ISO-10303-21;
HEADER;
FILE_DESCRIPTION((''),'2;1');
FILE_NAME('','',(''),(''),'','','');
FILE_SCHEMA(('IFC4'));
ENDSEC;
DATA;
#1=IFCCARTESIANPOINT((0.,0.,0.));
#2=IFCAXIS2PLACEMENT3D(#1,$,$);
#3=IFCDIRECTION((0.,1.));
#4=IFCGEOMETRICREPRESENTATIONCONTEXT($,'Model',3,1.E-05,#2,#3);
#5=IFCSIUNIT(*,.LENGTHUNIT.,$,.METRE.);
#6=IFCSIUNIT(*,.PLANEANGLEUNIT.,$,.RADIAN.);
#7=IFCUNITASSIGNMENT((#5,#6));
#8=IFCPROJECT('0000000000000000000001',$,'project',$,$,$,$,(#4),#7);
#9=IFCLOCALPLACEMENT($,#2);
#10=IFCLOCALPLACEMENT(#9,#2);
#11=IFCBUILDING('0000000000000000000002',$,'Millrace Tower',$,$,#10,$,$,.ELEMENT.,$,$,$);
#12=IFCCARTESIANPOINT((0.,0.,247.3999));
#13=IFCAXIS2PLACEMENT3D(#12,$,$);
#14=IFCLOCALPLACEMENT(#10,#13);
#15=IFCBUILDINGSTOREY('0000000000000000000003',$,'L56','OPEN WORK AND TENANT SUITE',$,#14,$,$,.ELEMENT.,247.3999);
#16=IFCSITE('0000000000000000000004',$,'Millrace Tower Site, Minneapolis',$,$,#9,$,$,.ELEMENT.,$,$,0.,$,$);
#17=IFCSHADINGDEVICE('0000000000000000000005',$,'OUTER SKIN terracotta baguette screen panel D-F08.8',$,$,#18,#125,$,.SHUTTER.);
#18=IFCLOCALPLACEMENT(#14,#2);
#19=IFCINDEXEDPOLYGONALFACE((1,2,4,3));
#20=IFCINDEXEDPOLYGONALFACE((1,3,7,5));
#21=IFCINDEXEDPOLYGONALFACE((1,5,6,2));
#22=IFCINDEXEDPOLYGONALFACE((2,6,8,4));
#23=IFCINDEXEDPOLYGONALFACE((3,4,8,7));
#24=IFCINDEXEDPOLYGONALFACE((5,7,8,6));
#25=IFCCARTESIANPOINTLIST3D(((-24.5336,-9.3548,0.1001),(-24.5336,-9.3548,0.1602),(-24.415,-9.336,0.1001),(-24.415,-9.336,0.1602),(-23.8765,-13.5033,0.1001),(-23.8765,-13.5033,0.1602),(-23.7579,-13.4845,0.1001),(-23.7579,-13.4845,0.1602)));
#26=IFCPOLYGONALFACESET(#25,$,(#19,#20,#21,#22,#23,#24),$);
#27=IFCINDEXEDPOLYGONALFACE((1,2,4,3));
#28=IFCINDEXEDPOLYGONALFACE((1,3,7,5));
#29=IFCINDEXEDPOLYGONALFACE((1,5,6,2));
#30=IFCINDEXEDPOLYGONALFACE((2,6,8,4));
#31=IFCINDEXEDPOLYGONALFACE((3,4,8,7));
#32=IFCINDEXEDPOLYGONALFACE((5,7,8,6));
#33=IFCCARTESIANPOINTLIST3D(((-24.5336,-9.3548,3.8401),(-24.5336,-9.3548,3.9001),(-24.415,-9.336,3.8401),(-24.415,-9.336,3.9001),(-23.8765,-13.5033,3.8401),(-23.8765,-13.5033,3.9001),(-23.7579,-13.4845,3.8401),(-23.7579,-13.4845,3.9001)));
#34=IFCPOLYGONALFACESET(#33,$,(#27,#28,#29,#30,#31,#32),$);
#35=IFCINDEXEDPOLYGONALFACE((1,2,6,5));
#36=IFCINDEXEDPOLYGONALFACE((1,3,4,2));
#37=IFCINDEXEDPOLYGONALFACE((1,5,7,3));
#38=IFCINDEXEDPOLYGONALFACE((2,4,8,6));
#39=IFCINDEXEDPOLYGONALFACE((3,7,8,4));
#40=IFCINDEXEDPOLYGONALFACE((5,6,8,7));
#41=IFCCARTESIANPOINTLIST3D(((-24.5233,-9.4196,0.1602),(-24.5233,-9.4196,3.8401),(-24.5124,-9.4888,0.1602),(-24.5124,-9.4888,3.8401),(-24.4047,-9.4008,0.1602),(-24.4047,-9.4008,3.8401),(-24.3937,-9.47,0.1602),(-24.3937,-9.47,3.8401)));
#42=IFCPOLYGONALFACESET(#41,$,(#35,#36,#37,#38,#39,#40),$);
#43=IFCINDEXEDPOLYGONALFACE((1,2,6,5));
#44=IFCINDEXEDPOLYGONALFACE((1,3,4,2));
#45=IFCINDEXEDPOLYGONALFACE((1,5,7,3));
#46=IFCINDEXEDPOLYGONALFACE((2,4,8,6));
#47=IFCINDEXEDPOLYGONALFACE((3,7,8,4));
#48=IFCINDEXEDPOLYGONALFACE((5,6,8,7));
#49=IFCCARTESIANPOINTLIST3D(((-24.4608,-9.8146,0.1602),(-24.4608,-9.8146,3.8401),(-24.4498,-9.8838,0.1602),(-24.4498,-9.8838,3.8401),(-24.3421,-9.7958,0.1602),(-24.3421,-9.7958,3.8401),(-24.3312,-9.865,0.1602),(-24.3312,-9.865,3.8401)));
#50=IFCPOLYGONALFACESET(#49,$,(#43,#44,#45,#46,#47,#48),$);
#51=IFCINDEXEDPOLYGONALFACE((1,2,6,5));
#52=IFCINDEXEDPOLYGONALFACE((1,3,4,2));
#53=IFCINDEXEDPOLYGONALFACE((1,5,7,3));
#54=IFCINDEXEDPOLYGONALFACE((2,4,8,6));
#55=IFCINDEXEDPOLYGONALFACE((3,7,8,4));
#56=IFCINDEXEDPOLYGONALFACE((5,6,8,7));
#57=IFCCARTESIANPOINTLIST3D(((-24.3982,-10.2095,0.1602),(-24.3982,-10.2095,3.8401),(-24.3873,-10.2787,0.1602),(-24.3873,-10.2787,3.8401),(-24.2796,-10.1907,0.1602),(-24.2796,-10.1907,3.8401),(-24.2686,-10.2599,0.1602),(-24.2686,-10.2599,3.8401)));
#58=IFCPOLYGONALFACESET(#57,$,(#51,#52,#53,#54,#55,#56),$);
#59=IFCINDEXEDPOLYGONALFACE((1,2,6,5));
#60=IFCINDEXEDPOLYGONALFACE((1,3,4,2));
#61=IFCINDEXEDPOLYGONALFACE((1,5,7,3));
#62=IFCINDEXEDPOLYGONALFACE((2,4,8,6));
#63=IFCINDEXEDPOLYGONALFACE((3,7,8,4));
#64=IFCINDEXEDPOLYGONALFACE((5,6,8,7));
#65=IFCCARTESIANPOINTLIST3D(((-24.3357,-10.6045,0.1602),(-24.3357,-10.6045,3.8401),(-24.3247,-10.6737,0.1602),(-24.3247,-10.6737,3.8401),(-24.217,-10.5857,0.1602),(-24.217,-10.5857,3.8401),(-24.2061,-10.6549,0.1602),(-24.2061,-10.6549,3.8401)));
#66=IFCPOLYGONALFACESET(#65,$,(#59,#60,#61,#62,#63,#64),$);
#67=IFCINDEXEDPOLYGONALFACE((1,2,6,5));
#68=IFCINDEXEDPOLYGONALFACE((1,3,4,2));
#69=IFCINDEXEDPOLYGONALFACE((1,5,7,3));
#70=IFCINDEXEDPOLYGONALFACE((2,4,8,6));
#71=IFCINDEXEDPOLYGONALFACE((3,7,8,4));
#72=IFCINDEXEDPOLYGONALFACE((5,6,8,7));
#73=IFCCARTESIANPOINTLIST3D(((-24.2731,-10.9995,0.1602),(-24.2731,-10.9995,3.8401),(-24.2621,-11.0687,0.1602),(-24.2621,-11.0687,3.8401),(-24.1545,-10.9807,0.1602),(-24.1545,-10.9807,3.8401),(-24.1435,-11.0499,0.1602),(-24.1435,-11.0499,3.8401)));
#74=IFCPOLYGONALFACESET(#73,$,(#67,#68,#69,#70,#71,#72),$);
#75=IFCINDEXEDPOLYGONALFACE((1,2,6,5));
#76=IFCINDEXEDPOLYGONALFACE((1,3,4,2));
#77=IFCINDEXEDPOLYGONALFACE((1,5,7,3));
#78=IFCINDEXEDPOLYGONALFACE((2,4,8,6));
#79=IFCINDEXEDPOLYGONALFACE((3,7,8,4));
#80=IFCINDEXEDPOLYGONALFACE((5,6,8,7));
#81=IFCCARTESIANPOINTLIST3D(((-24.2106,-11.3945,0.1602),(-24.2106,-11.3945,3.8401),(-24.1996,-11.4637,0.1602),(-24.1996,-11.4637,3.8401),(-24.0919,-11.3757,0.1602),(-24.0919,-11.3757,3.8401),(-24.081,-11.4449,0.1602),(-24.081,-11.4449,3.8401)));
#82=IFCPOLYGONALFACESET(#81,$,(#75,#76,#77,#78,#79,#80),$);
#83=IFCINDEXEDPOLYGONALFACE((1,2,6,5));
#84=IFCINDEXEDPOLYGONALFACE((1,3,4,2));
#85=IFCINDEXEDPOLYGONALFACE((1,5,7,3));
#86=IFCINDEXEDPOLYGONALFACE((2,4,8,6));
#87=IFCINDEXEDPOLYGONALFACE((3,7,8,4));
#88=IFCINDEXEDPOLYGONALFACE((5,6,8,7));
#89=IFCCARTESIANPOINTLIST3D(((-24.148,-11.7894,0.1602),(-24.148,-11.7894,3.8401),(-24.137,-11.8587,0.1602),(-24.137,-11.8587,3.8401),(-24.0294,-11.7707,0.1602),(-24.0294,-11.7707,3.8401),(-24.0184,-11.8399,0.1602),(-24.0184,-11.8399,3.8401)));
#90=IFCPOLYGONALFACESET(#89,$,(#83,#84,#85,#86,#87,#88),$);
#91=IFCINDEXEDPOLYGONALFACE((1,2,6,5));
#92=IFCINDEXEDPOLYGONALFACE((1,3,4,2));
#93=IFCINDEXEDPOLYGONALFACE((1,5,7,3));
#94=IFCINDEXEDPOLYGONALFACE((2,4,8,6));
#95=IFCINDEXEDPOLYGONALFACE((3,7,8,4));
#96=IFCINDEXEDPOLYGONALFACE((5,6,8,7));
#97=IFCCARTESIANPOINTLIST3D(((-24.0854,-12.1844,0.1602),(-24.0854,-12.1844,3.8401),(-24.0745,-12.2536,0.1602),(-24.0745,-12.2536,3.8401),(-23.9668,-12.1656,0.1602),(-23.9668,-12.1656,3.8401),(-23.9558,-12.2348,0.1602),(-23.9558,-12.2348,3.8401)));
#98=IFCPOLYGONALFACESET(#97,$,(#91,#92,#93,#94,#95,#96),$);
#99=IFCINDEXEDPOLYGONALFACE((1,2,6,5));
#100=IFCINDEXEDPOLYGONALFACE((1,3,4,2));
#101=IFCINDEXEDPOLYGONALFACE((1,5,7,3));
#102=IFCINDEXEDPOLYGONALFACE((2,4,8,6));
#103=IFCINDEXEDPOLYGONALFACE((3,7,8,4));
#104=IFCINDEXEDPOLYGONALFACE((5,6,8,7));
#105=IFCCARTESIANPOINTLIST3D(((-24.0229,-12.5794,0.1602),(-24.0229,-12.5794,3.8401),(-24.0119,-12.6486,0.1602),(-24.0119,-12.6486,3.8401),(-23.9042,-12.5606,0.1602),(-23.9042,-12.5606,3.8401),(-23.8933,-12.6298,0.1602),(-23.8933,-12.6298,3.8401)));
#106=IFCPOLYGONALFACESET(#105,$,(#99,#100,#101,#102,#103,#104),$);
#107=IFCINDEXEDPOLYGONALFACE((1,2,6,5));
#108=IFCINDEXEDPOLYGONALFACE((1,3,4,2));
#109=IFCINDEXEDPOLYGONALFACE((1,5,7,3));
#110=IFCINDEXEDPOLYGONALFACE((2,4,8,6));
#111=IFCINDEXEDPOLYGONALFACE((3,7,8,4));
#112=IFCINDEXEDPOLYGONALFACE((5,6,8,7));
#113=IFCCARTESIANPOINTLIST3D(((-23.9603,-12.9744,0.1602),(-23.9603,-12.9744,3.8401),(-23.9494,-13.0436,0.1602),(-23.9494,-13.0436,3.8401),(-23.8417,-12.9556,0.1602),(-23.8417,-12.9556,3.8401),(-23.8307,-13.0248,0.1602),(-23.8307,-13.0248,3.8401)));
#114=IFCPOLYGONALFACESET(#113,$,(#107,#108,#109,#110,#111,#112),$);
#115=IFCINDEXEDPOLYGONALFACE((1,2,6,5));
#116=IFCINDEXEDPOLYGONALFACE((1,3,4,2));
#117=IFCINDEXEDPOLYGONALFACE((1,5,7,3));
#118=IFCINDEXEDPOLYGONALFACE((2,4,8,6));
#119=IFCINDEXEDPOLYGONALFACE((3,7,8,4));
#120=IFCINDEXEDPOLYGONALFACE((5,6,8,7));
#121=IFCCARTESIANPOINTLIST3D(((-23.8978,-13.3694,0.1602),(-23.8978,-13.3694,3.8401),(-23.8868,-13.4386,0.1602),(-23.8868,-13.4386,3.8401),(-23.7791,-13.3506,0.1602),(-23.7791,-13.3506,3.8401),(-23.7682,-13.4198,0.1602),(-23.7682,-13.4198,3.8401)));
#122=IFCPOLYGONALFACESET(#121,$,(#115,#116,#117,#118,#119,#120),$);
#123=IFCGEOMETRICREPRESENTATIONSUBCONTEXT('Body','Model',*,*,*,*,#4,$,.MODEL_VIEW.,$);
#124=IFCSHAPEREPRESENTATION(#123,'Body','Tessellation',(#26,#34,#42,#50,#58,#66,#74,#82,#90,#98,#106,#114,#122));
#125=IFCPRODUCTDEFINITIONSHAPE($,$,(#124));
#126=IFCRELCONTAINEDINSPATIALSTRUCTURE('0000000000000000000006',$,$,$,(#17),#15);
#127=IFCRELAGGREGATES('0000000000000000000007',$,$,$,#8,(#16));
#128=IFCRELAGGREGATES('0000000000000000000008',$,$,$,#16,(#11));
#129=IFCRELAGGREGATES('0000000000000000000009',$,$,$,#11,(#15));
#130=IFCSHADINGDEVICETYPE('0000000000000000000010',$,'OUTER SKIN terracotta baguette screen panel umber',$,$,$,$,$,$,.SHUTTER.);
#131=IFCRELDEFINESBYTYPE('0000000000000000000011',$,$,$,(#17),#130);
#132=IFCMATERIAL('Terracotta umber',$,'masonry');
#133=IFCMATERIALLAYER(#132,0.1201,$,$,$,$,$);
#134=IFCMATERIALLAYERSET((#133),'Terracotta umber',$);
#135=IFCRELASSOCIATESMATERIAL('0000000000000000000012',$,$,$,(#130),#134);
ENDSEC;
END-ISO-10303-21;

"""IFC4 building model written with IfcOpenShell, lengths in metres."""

from ifc_helpers import new_model, entity, si_unit, direction, frame, frame_2d, origin, origin_2d, place, context, subcontext, project, spatial, rectangle, extrude, source, transform, mapped, material, layer, layer_set, type_object, element, save


model = new_model("IFC4")

# Units and contexts
model_context = context("Model", 3, precision=1e-05, world=origin(), true_north=direction((0.0, 1.0)))
body_context = subcontext(model_context, "Body", "Model", "MODEL_VIEW")
ifc_project = project(units=[si_unit("LENGTHUNIT", "METRE"), si_unit("PLANEANGLEUNIT", "RADIAN")], contexts=[model_context])

# Site, building, storey
site_placement = place(None, origin())
site = spatial("IfcSite", under=ifc_project, at=site_placement, Name="Millrace Tower Site, Minneapolis", CompositionType="ELEMENT", RefElevation=0.0)
building_placement = place(site_placement, origin())
building = spatial("IfcBuilding", under=site, at=building_placement, Name="Millrace Tower", CompositionType="ELEMENT")
storey_placement = place(building_placement, frame((0.0, 0.0, 247.3999)))
storey = spatial("IfcBuildingStorey", under=building, at=storey_placement, Name="L56", Description="OPEN WORK AND TENANT SUITE", CompositionType="ELEMENT", Elevation=247.3999)

# Shading device
ifc_material_1 = material(Name="Terracotta umber", Category="masonry")
ifc_layer_1 = layer(ifc_material_1, 0.1201)
ifc_layer_set_1 = layer_set([ifc_layer_1], Name="Terracotta umber")
shading_device_type = type_object("IfcShadingDeviceType", Name="OUTER SKIN terracotta baguette screen panel umber", PredefinedType="SHUTTER", material=ifc_layer_set_1)
cartesian_point = entity("IfcCartesianPoint", [-2.1001, 0.0601])
shared_polyline = entity("IfcPolyline", [cartesian_point, entity("IfcCartesianPoint", [2.1001, 0.0601]), entity("IfcCartesianPoint", [2.1001, -0.0601]), entity("IfcCartesianPoint", [-2.1001, -0.0601]), cartesian_point])
shared_shape = source(origin(), body_context, "Body", "SweptSolid", [
    entity("IfcExtrudedAreaSolid", entity("IfcArbitraryClosedProfileDef", "AREA", None, shared_polyline), entity("IfcAxis2Placement3D", entity("IfcCartesianPoint", [0.0, 0.0, 0.0])), entity("IfcDirection", [0.0, 0.0, 1.0]), 0.0601),
    entity("IfcExtrudedAreaSolid", entity("IfcArbitraryClosedProfileDef", "AREA", None, shared_polyline), entity("IfcAxis2Placement3D", entity("IfcCartesianPoint", [0.0, 0.0, 3.74])), entity("IfcDirection", [0.0, 0.0, 1.0]), 0.0601),
    extrude(rectangle(XDim=0.0701, YDim=0.1201, at=frame_2d((-1.9995, 0.0))), frame((0.0, 0.0, 0.0601)), (0.0, 0.0, 1.0), 3.6799),
    extrude(rectangle(XDim=0.0701, YDim=0.1201, at=frame_2d((-1.5996, 0.0))), frame((0.0, 0.0, 0.0601)), (0.0, 0.0, 1.0), 3.6799),
    extrude(rectangle(XDim=0.0701, YDim=0.1201, at=frame_2d((-1.1997, 0.0))), frame((0.0, 0.0, 0.0601)), (0.0, 0.0, 1.0), 3.6799),
    extrude(rectangle(XDim=0.0701, YDim=0.1201, at=frame_2d((-0.7998, 0.0))), frame((0.0, 0.0, 0.0601)), (0.0, 0.0, 1.0), 3.6799),
    extrude(rectangle(XDim=0.0701, YDim=0.1201, at=frame_2d((-0.3999, 0.0))), frame((0.0, 0.0, 0.0601)), (0.0, 0.0, 1.0), 3.6799),
    extrude(rectangle(XDim=0.0701, YDim=0.1201, at=origin_2d()), frame((0.0, 0.0, 0.0601)), (0.0, 0.0, 1.0), 3.6799),
    extrude(rectangle(XDim=0.0701, YDim=0.1201, at=frame_2d((0.3999, 0.0))), frame((0.0, 0.0, 0.0601)), (0.0, 0.0, 1.0), 3.6799),
    extrude(rectangle(XDim=0.0701, YDim=0.1201, at=frame_2d((0.7998, 0.0))), frame((0.0, 0.0, 0.0601)), (0.0, 0.0, 1.0), 3.6799),
    extrude(rectangle(XDim=0.0701, YDim=0.1201, at=frame_2d((1.1997, 0.0))), frame((0.0, 0.0, 0.0601)), (0.0, 0.0, 1.0), 3.6799),
    extrude(rectangle(XDim=0.0701, YDim=0.1201, at=frame_2d((1.5996, 0.0))), frame((0.0, 0.0, 0.0601)), (0.0, 0.0, 1.0), 3.6799),
    extrude(rectangle(XDim=0.0701, YDim=0.1201, at=frame_2d((1.9995, 0.0))), frame((0.0, 0.0, 0.0601)), (0.0, 0.0, 1.0), 3.6799),
])
for number, where, z_axis, x_axis, name in (
    (1, (-24.1458, -11.4197, 0.1001), (0.0, 0.0, 1.0), (0.156434, -0.987688, 0.0), "OUTER SKIN terracotta baguette screen panel D-F08.8"),
):
    element("IfcShadingDevice", number, at=place(storey_placement, frame(where, z_axis=z_axis, x_axis=x_axis)), inside=storey, type_object=shading_device_type, Name=name, PredefinedType="SHUTTER", context=body_context, shape_type="MappedRepresentation", body=[
        mapped(shared_shape, transform((0.0, 0.0, 0.0), scale=1.0)),
    ])

save(model, "model.ifc")
